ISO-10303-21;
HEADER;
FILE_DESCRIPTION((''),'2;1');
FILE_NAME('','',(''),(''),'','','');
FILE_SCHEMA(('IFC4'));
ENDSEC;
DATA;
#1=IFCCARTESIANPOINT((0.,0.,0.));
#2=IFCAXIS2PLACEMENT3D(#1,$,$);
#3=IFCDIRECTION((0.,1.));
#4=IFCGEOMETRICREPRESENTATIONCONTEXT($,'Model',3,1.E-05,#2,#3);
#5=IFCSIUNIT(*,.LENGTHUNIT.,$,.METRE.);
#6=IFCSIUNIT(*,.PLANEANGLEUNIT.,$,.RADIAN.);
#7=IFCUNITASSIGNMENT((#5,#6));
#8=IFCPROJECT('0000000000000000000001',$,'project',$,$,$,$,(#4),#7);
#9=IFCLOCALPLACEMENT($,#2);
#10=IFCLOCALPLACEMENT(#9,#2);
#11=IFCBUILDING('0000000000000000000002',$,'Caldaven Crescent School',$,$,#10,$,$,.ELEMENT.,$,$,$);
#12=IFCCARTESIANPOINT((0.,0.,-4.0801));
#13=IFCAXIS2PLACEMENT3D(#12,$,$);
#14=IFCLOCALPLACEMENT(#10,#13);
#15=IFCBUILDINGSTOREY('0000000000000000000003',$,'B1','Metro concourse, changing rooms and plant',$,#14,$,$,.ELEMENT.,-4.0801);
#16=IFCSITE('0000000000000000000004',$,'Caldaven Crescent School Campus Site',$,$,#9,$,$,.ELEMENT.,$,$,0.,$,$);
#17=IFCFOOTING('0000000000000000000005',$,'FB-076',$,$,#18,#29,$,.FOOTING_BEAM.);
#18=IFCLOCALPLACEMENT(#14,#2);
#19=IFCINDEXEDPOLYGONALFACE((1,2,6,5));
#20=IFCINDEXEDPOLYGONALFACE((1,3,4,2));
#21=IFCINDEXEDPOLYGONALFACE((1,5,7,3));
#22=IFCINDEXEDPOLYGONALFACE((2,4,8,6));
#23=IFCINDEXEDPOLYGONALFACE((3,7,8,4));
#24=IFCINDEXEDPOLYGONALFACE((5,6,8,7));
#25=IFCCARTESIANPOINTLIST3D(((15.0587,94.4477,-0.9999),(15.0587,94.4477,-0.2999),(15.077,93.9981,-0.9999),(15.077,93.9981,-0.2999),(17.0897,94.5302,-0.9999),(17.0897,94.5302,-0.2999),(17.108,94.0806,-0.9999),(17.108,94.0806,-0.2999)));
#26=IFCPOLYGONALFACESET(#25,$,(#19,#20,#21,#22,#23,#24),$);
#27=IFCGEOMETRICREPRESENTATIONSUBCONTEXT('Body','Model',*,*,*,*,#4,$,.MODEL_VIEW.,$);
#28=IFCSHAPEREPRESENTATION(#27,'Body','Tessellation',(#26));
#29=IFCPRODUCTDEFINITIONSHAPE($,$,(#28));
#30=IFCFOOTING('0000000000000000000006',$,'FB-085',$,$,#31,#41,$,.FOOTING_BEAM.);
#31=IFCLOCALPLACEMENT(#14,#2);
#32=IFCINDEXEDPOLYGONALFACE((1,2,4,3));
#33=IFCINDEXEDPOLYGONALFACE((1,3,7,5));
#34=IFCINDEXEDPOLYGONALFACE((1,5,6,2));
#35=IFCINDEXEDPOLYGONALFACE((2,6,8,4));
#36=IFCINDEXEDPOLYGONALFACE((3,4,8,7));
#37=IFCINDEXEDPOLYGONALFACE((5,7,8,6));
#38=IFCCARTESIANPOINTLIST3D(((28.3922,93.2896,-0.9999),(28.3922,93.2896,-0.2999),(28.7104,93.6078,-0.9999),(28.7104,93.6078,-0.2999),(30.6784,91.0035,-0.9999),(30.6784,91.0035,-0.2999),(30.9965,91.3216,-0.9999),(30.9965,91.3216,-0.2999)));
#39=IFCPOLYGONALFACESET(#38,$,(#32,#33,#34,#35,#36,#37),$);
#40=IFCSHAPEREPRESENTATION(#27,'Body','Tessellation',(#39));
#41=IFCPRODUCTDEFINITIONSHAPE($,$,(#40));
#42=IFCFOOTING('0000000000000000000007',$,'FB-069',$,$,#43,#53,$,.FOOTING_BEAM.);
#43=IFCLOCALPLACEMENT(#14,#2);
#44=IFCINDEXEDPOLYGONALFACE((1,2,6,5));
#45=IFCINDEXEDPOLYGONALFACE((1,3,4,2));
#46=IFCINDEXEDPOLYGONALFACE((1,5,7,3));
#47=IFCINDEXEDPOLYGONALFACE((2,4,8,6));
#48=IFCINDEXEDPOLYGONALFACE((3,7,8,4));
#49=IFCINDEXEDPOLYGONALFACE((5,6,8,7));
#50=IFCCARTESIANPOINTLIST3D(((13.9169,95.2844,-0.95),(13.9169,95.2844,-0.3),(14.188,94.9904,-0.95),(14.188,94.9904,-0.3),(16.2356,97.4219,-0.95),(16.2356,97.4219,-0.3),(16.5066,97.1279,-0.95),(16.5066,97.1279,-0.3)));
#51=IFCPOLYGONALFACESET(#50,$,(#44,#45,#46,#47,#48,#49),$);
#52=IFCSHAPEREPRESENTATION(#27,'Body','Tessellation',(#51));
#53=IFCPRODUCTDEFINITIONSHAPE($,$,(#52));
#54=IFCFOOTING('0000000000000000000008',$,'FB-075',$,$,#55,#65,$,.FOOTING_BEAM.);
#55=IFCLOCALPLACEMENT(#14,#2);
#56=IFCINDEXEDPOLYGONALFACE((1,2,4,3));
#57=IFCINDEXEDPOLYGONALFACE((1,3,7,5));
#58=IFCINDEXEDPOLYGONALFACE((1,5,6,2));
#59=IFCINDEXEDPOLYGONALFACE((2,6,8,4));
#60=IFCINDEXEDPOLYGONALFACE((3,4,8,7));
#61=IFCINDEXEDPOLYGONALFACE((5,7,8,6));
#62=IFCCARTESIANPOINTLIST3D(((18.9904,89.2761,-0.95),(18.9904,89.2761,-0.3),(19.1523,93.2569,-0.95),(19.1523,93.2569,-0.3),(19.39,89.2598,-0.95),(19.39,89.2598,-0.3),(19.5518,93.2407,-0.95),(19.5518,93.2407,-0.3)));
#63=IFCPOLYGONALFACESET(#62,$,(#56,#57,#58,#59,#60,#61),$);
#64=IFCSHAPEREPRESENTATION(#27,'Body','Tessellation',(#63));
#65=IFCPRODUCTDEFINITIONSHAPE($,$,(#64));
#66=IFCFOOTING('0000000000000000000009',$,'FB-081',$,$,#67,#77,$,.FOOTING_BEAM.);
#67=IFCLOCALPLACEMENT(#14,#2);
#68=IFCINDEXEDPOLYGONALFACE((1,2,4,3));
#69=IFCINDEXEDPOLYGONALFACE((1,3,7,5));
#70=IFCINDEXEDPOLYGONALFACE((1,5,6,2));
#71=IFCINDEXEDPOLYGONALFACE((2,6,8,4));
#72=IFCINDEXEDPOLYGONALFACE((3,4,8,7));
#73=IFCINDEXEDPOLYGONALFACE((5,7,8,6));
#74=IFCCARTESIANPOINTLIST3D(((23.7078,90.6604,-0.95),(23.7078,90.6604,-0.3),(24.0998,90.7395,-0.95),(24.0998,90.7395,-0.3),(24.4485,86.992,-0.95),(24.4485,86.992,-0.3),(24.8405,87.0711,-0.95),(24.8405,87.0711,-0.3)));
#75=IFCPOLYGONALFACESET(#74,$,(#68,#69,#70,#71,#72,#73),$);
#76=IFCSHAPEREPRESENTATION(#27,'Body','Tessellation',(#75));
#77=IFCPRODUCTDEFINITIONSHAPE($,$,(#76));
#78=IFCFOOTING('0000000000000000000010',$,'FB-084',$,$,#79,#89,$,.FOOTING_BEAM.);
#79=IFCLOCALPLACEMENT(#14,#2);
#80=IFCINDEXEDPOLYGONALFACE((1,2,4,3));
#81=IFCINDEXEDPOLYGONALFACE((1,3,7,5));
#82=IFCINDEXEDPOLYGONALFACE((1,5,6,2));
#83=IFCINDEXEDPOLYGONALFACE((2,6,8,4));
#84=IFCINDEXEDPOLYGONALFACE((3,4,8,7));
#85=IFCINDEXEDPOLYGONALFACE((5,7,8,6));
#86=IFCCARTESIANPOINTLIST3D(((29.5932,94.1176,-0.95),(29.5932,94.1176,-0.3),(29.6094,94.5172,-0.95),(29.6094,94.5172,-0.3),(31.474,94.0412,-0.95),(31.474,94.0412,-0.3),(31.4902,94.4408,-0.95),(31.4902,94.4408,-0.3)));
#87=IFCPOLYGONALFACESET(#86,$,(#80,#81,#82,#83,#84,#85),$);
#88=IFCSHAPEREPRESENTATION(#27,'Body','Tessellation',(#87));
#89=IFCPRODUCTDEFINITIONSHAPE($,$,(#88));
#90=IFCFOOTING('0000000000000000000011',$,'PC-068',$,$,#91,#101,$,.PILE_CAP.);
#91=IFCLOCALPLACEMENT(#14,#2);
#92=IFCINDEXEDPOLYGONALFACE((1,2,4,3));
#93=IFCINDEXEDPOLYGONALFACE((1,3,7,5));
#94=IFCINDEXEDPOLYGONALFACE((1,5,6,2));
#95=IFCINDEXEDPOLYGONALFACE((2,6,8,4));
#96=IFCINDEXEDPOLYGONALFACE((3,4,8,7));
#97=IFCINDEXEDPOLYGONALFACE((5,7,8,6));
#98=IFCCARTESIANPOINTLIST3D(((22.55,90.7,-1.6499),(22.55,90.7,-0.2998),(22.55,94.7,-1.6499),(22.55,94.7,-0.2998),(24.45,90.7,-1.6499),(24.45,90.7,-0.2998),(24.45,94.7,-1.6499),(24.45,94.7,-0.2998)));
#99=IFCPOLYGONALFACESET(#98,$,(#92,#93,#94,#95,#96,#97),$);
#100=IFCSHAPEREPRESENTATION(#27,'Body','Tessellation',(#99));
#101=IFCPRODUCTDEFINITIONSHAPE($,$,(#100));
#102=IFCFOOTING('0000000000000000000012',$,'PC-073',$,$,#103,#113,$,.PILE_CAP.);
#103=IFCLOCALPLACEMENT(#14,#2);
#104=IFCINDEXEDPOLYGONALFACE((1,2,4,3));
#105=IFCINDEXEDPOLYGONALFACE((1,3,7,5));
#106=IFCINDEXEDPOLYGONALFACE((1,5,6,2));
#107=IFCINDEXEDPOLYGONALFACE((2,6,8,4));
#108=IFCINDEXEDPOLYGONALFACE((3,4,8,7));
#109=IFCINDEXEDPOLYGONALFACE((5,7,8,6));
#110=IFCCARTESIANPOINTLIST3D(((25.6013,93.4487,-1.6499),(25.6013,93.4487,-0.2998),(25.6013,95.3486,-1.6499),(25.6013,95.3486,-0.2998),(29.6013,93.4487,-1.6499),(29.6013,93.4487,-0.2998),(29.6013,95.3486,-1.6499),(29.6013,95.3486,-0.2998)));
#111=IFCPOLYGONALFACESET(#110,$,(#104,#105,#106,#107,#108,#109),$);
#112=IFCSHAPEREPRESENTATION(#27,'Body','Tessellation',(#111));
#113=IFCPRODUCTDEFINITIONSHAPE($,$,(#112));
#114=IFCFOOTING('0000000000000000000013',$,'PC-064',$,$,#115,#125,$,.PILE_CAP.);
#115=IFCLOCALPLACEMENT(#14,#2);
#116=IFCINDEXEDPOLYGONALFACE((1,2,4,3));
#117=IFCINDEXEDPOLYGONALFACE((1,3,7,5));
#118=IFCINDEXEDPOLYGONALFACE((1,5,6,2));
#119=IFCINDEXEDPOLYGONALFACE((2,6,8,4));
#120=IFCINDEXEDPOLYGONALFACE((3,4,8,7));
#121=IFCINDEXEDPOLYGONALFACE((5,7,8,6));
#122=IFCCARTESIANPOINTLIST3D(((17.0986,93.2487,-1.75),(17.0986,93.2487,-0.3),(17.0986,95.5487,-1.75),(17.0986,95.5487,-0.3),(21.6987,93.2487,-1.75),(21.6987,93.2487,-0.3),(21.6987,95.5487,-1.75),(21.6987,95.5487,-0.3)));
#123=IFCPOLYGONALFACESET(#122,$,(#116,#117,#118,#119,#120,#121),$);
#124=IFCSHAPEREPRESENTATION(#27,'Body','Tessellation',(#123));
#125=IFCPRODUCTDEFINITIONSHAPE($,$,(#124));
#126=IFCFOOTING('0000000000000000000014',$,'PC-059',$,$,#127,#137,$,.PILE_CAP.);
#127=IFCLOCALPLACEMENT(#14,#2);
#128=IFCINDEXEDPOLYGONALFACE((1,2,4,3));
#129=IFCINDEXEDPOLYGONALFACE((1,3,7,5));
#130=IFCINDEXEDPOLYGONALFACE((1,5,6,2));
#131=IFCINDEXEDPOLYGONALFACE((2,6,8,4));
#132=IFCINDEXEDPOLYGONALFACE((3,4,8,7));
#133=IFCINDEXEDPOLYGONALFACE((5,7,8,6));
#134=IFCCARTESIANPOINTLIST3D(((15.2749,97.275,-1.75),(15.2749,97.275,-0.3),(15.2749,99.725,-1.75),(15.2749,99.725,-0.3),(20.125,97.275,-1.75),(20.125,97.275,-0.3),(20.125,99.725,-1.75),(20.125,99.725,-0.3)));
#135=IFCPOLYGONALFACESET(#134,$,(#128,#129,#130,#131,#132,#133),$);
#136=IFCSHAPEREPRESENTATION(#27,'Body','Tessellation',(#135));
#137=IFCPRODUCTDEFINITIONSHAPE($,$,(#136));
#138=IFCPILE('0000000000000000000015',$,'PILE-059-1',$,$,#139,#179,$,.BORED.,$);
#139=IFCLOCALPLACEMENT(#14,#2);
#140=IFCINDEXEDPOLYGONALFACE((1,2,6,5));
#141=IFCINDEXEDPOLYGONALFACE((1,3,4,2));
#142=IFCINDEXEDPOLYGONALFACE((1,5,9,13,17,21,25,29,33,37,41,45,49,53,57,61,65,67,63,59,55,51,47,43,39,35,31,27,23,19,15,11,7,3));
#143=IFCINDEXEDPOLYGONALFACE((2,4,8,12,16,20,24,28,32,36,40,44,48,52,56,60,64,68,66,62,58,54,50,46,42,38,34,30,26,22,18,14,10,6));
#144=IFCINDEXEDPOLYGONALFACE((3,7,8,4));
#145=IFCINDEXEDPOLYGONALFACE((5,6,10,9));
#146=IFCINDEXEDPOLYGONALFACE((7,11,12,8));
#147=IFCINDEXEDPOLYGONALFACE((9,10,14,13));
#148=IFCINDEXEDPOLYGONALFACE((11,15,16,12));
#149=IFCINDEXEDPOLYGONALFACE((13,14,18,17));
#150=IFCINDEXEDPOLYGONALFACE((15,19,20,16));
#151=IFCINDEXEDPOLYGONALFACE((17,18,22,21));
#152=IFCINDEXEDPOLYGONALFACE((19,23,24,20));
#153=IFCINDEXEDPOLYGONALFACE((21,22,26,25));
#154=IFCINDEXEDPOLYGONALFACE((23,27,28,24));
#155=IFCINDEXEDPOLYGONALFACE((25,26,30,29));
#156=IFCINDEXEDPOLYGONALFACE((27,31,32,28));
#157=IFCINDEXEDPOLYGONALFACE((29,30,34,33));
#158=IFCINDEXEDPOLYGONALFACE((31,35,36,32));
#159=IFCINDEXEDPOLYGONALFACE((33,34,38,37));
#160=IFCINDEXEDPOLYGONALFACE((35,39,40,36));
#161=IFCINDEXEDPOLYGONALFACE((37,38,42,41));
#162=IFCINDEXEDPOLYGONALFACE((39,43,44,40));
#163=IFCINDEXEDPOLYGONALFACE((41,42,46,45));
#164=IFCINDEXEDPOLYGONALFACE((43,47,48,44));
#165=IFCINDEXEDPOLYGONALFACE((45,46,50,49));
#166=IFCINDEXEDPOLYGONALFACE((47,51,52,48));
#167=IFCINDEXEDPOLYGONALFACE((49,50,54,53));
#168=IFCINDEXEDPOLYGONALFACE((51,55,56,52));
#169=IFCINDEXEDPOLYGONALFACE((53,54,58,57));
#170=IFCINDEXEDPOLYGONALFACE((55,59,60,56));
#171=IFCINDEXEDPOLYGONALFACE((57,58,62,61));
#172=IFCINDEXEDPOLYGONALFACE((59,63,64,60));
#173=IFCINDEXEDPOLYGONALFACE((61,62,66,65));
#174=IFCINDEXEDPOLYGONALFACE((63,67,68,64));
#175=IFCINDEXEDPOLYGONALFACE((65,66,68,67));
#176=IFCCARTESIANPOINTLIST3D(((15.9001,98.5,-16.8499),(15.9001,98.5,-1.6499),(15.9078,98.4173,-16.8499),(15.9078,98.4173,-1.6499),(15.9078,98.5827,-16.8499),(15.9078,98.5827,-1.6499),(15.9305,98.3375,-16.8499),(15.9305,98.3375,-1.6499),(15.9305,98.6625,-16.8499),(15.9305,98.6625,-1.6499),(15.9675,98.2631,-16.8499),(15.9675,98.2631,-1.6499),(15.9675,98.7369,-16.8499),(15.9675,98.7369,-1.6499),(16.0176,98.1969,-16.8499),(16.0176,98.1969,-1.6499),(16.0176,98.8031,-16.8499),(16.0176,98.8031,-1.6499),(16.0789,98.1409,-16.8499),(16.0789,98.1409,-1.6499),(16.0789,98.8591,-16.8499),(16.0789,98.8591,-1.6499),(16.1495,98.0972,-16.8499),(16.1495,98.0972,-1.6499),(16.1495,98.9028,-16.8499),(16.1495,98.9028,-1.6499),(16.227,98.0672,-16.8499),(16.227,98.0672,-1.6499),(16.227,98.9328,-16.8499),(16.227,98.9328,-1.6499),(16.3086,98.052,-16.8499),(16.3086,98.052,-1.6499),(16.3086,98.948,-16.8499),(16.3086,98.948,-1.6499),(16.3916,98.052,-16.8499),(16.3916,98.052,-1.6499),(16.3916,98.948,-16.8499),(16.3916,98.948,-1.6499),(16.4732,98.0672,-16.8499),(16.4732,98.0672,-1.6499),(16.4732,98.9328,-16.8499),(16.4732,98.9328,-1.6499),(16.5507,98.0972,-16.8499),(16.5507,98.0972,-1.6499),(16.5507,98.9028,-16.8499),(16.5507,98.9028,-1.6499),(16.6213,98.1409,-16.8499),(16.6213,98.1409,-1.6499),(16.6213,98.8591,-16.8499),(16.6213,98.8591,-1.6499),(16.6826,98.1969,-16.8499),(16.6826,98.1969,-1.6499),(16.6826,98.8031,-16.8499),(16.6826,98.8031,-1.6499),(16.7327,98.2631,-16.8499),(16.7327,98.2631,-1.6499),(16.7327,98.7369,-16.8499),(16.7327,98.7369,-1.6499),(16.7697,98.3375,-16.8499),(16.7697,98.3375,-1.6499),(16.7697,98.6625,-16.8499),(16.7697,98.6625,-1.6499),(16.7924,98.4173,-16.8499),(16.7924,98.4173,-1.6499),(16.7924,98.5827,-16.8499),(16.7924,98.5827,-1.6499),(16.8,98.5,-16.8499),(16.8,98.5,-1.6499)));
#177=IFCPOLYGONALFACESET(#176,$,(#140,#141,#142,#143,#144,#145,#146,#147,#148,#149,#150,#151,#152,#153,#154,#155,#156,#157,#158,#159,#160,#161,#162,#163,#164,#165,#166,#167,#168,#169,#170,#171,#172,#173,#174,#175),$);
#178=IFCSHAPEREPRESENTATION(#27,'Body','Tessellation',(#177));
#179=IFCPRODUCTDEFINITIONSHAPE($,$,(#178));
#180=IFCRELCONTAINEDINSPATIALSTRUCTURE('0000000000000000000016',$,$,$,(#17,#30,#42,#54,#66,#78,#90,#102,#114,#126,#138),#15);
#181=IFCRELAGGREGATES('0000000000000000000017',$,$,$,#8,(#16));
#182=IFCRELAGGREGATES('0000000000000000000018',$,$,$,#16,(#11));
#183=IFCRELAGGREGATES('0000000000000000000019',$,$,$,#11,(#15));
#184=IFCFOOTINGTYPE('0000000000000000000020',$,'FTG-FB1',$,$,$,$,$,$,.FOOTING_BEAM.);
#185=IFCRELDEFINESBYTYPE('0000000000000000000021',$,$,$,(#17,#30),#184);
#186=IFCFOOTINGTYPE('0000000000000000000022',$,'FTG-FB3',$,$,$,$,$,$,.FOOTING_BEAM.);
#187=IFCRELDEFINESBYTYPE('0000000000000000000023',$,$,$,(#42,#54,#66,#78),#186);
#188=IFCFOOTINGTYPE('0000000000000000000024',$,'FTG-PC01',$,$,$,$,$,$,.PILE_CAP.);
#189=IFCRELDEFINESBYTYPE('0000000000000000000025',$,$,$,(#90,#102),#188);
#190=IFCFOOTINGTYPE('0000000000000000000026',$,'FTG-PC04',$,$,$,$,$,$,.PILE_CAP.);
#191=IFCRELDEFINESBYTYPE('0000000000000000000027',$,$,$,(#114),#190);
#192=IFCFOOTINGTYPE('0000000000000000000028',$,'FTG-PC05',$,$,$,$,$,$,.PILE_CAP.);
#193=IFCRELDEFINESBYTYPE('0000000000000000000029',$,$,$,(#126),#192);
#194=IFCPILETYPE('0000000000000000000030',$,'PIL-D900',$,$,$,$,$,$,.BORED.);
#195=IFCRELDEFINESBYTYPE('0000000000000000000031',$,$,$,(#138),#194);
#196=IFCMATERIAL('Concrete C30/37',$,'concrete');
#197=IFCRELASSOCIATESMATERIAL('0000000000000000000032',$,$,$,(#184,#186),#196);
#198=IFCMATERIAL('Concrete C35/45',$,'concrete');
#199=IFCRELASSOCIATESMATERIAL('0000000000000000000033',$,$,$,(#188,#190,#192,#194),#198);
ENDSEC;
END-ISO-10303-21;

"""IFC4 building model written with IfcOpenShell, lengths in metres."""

from ifc_helpers import new_model, si_unit, direction, frame, origin, origin_2d, place, context, subcontext, project, spatial, rectangle, circle, extrude, material, material_profile, profile_set, type_object, element, save


model = new_model("IFC4")

# Units and contexts
model_context = context("Model", 3, precision=1e-05, world=origin(), true_north=direction((0.0, 1.0)))
body_context = subcontext(model_context, "Body", "Model", "MODEL_VIEW")
ifc_project = project(units=[si_unit("LENGTHUNIT", "METRE"), si_unit("PLANEANGLEUNIT", "RADIAN")], contexts=[model_context])

# Site, building, storey
site_placement = place(None, origin())
site = spatial("IfcSite", under=ifc_project, at=site_placement, Name="Caldaven Crescent School Campus Site", CompositionType="ELEMENT", RefElevation=0.0)
building_placement = place(site_placement, origin())
building = spatial("IfcBuilding", under=site, at=building_placement, Name="Caldaven Crescent School", CompositionType="ELEMENT")
storey_placement = place(building_placement, frame((0.0, 0.0, -4.0801)))
storey = spatial("IfcBuildingStorey", under=building, at=storey_placement, Name="B1", Description="Metro concourse, changing rooms and plant", CompositionType="ELEMENT", Elevation=-4.0801)

# Footings
ifc_material_1 = material(Name="Concrete C30/37", Category="concrete")
ifc_material_profile_1 = material_profile(ifc_material_1, rectangle(XDim=0.45, YDim=0.7, at=origin_2d()), Name="FB 450x700")
ifc_profile_set_1 = profile_set([ifc_material_profile_1], Name="Concrete C30/37")
footing_type_1 = type_object("IfcFootingType", Name="FTG-FB1", PredefinedType="FOOTING_BEAM", material=ifc_profile_set_1)
footing_1_placement = place(storey_placement, frame((17.0989, 94.3054, -0.6499), z_axis=(-0.999176, -0.040596, 0.0), x_axis=(0.040596, -0.999176, 0.0)))
element("IfcFooting", 1, at=footing_1_placement, inside=storey, type_object=footing_type_1, Name="FB-076", PredefinedType="FOOTING_BEAM", context=body_context, shape_type="SweptSolid", body=[
    extrude(rectangle(XDim=0.45, YDim=0.7, at=origin_2d()), origin(), (0.0, 0.0, 1.0), 2.0327),
])
footing_2_placement = place(storey_placement, frame((28.5513, 93.4487, -0.6499), z_axis=(0.707107, -0.707107, 0.0), x_axis=(0.707107, 0.707107, 0.0)))
element("IfcFooting", 2, at=footing_2_placement, inside=storey, type_object=footing_type_1, Name="FB-085", PredefinedType="FOOTING_BEAM", context=body_context, shape_type="SweptSolid", body=[
    extrude(rectangle(XDim=0.45, YDim=0.7, at=origin_2d()), origin(), (0.0, 0.0, 1.0), 3.2332),
])
ifc_material_profile_2 = material_profile(ifc_material_1, rectangle(XDim=0.3999, YDim=0.6499, at=origin_2d()), Name="FB 400x650")
ifc_profile_set_2 = profile_set([ifc_material_profile_2], Name="Concrete C30/37")
footing_type_2 = type_object("IfcFootingType", Name="FTG-FB3", PredefinedType="FOOTING_BEAM", material=ifc_profile_set_2)
footing_3_placement = place(storey_placement, frame((16.3711, 97.2749, -0.625), z_axis=(-0.735246, -0.677801, 0.0), x_axis=(0.677801, -0.735246, 0.0)))
element("IfcFooting", 3, at=footing_3_placement, inside=storey, type_object=footing_type_2, Name="FB-069", PredefinedType="FOOTING_BEAM", context=body_context, shape_type="SweptSolid", body=[
    extrude(rectangle(XDim=0.3999, YDim=0.6499, at=origin_2d()), origin(), (0.0, 0.0, 1.0), 3.1536),
])
footing_4_placement = place(storey_placement, frame((19.3521, 93.2488, -0.625), z_axis=(-0.040626, -0.999174, 0.0), x_axis=(0.999174, -0.040626, 0.0)))
element("IfcFooting", 4, at=footing_4_placement, inside=storey, type_object=footing_type_2, Name="FB-075", PredefinedType="FOOTING_BEAM", context=body_context, shape_type="SweptSolid", body=[
    extrude(rectangle(XDim=0.3999, YDim=0.6499, at=origin_2d()), origin(), (0.0, 0.0, 1.0), 3.9841),
])
footing_5_placement = place(storey_placement, frame((23.9038, 90.7, -0.625), z_axis=(0.197922, -0.980218, 0.0), x_axis=(0.980218, 0.197922, 0.0)))
element("IfcFooting", 5, at=footing_5_placement, inside=storey, type_object=footing_type_2, Name="FB-081", PredefinedType="FOOTING_BEAM", context=body_context, shape_type="SweptSolid", body=[
    extrude(rectangle(XDim=0.3999, YDim=0.6499, at=origin_2d()), origin(), (0.0, 0.0, 1.0), 3.7424),
])
footing_6_placement = place(storey_placement, frame((29.6013, 94.3174, -0.625), z_axis=(0.999176, -0.040595, 0.0), x_axis=(0.040595, 0.999176, 0.0)))
element("IfcFooting", 6, at=footing_6_placement, inside=storey, type_object=footing_type_2, Name="FB-084", PredefinedType="FOOTING_BEAM", context=body_context, shape_type="SweptSolid", body=[
    extrude(rectangle(XDim=0.3999, YDim=0.6499, at=origin_2d()), origin(), (0.0, 0.0, 1.0), 1.8823),
])
ifc_material_2 = material(Name="Concrete C35/45", Category="concrete")
footing_type_3 = type_object("IfcFootingType", Name="FTG-PC01", PredefinedType="PILE_CAP", material=ifc_material_2)
for number, where, z_axis, x_axis, name in (
    (7, (23.5, 92.7, -1.6499), (0.0, 0.0, 1.0), (0.0, 1.0, 0.0), "PC-068"),
    (8, (27.6013, 94.3987, -1.6499), (0.0, 0.0, 1.0), (1.0, 0.0, 0.0), "PC-073"),
):
    element("IfcFooting", number, at=place(storey_placement, frame(where, z_axis=z_axis, x_axis=x_axis)), inside=storey, type_object=footing_type_3, Name=name, PredefinedType="PILE_CAP", context=body_context, shape_type="SweptSolid", body=[
        extrude(rectangle(XDim=4.0, YDim=1.8999, at=origin_2d()), origin(), (0.0, 0.0, 1.0), 1.3501),
    ])
footing_type_4 = type_object("IfcFootingType", Name="FTG-PC04", PredefinedType="PILE_CAP", material=ifc_material_2)
footing_7_placement = place(storey_placement, frame((19.3987, 94.3987, -1.75), z_axis=(0.0, 0.0, 1.0), x_axis=(1.0, 0.0, 0.0)))
element("IfcFooting", 9, at=footing_7_placement, inside=storey, type_object=footing_type_4, Name="PC-064", PredefinedType="PILE_CAP", context=body_context, shape_type="SweptSolid", body=[
    extrude(rectangle(XDim=4.6001, YDim=2.3, at=origin_2d()), origin(), (0.0, 0.0, 1.0), 1.45),
])
footing_type_5 = type_object("IfcFootingType", Name="FTG-PC05", PredefinedType="PILE_CAP", material=ifc_material_2)
footing_8_placement = place(storey_placement, frame((17.7, 98.5, -1.75), z_axis=(0.0, 0.0, 1.0), x_axis=(1.0, 0.0, 0.0)))
element("IfcFooting", 10, at=footing_8_placement, inside=storey, type_object=footing_type_5, Name="PC-059", PredefinedType="PILE_CAP", context=body_context, shape_type="SweptSolid", body=[
    extrude(rectangle(XDim=4.8501, YDim=2.45, at=origin_2d()), origin(), (0.0, 0.0, 1.0), 1.45),
])

# Pile
ifc_material_profile_3 = material_profile(ifc_material_2, circle(Radius=0.45, at=origin_2d()), Name="PILE D900")
ifc_profile_set_3 = profile_set([ifc_material_profile_3], Name="Concrete C35/45")
pile_type = type_object("IfcPileType", Name="PIL-D900", PredefinedType="BORED", material=ifc_profile_set_3)
for number, where, z_axis, x_axis, name in (
    (11, (16.3501, 98.5, -1.6499), (0.0, 0.0, -1.0), (1.0, 0.0, 0.0), "PILE-059-1"),
):
    element("IfcPile", number, at=place(storey_placement, frame(where, z_axis=z_axis, x_axis=x_axis)), inside=storey, type_object=pile_type, Name=name, PredefinedType="BORED", context=body_context, shape_type="SweptSolid", body=[
        extrude(circle(Radius=0.45, at=origin_2d()), origin(), (0.0, 0.0, 1.0), 15.2),
    ])

save(model, "model.ifc")
